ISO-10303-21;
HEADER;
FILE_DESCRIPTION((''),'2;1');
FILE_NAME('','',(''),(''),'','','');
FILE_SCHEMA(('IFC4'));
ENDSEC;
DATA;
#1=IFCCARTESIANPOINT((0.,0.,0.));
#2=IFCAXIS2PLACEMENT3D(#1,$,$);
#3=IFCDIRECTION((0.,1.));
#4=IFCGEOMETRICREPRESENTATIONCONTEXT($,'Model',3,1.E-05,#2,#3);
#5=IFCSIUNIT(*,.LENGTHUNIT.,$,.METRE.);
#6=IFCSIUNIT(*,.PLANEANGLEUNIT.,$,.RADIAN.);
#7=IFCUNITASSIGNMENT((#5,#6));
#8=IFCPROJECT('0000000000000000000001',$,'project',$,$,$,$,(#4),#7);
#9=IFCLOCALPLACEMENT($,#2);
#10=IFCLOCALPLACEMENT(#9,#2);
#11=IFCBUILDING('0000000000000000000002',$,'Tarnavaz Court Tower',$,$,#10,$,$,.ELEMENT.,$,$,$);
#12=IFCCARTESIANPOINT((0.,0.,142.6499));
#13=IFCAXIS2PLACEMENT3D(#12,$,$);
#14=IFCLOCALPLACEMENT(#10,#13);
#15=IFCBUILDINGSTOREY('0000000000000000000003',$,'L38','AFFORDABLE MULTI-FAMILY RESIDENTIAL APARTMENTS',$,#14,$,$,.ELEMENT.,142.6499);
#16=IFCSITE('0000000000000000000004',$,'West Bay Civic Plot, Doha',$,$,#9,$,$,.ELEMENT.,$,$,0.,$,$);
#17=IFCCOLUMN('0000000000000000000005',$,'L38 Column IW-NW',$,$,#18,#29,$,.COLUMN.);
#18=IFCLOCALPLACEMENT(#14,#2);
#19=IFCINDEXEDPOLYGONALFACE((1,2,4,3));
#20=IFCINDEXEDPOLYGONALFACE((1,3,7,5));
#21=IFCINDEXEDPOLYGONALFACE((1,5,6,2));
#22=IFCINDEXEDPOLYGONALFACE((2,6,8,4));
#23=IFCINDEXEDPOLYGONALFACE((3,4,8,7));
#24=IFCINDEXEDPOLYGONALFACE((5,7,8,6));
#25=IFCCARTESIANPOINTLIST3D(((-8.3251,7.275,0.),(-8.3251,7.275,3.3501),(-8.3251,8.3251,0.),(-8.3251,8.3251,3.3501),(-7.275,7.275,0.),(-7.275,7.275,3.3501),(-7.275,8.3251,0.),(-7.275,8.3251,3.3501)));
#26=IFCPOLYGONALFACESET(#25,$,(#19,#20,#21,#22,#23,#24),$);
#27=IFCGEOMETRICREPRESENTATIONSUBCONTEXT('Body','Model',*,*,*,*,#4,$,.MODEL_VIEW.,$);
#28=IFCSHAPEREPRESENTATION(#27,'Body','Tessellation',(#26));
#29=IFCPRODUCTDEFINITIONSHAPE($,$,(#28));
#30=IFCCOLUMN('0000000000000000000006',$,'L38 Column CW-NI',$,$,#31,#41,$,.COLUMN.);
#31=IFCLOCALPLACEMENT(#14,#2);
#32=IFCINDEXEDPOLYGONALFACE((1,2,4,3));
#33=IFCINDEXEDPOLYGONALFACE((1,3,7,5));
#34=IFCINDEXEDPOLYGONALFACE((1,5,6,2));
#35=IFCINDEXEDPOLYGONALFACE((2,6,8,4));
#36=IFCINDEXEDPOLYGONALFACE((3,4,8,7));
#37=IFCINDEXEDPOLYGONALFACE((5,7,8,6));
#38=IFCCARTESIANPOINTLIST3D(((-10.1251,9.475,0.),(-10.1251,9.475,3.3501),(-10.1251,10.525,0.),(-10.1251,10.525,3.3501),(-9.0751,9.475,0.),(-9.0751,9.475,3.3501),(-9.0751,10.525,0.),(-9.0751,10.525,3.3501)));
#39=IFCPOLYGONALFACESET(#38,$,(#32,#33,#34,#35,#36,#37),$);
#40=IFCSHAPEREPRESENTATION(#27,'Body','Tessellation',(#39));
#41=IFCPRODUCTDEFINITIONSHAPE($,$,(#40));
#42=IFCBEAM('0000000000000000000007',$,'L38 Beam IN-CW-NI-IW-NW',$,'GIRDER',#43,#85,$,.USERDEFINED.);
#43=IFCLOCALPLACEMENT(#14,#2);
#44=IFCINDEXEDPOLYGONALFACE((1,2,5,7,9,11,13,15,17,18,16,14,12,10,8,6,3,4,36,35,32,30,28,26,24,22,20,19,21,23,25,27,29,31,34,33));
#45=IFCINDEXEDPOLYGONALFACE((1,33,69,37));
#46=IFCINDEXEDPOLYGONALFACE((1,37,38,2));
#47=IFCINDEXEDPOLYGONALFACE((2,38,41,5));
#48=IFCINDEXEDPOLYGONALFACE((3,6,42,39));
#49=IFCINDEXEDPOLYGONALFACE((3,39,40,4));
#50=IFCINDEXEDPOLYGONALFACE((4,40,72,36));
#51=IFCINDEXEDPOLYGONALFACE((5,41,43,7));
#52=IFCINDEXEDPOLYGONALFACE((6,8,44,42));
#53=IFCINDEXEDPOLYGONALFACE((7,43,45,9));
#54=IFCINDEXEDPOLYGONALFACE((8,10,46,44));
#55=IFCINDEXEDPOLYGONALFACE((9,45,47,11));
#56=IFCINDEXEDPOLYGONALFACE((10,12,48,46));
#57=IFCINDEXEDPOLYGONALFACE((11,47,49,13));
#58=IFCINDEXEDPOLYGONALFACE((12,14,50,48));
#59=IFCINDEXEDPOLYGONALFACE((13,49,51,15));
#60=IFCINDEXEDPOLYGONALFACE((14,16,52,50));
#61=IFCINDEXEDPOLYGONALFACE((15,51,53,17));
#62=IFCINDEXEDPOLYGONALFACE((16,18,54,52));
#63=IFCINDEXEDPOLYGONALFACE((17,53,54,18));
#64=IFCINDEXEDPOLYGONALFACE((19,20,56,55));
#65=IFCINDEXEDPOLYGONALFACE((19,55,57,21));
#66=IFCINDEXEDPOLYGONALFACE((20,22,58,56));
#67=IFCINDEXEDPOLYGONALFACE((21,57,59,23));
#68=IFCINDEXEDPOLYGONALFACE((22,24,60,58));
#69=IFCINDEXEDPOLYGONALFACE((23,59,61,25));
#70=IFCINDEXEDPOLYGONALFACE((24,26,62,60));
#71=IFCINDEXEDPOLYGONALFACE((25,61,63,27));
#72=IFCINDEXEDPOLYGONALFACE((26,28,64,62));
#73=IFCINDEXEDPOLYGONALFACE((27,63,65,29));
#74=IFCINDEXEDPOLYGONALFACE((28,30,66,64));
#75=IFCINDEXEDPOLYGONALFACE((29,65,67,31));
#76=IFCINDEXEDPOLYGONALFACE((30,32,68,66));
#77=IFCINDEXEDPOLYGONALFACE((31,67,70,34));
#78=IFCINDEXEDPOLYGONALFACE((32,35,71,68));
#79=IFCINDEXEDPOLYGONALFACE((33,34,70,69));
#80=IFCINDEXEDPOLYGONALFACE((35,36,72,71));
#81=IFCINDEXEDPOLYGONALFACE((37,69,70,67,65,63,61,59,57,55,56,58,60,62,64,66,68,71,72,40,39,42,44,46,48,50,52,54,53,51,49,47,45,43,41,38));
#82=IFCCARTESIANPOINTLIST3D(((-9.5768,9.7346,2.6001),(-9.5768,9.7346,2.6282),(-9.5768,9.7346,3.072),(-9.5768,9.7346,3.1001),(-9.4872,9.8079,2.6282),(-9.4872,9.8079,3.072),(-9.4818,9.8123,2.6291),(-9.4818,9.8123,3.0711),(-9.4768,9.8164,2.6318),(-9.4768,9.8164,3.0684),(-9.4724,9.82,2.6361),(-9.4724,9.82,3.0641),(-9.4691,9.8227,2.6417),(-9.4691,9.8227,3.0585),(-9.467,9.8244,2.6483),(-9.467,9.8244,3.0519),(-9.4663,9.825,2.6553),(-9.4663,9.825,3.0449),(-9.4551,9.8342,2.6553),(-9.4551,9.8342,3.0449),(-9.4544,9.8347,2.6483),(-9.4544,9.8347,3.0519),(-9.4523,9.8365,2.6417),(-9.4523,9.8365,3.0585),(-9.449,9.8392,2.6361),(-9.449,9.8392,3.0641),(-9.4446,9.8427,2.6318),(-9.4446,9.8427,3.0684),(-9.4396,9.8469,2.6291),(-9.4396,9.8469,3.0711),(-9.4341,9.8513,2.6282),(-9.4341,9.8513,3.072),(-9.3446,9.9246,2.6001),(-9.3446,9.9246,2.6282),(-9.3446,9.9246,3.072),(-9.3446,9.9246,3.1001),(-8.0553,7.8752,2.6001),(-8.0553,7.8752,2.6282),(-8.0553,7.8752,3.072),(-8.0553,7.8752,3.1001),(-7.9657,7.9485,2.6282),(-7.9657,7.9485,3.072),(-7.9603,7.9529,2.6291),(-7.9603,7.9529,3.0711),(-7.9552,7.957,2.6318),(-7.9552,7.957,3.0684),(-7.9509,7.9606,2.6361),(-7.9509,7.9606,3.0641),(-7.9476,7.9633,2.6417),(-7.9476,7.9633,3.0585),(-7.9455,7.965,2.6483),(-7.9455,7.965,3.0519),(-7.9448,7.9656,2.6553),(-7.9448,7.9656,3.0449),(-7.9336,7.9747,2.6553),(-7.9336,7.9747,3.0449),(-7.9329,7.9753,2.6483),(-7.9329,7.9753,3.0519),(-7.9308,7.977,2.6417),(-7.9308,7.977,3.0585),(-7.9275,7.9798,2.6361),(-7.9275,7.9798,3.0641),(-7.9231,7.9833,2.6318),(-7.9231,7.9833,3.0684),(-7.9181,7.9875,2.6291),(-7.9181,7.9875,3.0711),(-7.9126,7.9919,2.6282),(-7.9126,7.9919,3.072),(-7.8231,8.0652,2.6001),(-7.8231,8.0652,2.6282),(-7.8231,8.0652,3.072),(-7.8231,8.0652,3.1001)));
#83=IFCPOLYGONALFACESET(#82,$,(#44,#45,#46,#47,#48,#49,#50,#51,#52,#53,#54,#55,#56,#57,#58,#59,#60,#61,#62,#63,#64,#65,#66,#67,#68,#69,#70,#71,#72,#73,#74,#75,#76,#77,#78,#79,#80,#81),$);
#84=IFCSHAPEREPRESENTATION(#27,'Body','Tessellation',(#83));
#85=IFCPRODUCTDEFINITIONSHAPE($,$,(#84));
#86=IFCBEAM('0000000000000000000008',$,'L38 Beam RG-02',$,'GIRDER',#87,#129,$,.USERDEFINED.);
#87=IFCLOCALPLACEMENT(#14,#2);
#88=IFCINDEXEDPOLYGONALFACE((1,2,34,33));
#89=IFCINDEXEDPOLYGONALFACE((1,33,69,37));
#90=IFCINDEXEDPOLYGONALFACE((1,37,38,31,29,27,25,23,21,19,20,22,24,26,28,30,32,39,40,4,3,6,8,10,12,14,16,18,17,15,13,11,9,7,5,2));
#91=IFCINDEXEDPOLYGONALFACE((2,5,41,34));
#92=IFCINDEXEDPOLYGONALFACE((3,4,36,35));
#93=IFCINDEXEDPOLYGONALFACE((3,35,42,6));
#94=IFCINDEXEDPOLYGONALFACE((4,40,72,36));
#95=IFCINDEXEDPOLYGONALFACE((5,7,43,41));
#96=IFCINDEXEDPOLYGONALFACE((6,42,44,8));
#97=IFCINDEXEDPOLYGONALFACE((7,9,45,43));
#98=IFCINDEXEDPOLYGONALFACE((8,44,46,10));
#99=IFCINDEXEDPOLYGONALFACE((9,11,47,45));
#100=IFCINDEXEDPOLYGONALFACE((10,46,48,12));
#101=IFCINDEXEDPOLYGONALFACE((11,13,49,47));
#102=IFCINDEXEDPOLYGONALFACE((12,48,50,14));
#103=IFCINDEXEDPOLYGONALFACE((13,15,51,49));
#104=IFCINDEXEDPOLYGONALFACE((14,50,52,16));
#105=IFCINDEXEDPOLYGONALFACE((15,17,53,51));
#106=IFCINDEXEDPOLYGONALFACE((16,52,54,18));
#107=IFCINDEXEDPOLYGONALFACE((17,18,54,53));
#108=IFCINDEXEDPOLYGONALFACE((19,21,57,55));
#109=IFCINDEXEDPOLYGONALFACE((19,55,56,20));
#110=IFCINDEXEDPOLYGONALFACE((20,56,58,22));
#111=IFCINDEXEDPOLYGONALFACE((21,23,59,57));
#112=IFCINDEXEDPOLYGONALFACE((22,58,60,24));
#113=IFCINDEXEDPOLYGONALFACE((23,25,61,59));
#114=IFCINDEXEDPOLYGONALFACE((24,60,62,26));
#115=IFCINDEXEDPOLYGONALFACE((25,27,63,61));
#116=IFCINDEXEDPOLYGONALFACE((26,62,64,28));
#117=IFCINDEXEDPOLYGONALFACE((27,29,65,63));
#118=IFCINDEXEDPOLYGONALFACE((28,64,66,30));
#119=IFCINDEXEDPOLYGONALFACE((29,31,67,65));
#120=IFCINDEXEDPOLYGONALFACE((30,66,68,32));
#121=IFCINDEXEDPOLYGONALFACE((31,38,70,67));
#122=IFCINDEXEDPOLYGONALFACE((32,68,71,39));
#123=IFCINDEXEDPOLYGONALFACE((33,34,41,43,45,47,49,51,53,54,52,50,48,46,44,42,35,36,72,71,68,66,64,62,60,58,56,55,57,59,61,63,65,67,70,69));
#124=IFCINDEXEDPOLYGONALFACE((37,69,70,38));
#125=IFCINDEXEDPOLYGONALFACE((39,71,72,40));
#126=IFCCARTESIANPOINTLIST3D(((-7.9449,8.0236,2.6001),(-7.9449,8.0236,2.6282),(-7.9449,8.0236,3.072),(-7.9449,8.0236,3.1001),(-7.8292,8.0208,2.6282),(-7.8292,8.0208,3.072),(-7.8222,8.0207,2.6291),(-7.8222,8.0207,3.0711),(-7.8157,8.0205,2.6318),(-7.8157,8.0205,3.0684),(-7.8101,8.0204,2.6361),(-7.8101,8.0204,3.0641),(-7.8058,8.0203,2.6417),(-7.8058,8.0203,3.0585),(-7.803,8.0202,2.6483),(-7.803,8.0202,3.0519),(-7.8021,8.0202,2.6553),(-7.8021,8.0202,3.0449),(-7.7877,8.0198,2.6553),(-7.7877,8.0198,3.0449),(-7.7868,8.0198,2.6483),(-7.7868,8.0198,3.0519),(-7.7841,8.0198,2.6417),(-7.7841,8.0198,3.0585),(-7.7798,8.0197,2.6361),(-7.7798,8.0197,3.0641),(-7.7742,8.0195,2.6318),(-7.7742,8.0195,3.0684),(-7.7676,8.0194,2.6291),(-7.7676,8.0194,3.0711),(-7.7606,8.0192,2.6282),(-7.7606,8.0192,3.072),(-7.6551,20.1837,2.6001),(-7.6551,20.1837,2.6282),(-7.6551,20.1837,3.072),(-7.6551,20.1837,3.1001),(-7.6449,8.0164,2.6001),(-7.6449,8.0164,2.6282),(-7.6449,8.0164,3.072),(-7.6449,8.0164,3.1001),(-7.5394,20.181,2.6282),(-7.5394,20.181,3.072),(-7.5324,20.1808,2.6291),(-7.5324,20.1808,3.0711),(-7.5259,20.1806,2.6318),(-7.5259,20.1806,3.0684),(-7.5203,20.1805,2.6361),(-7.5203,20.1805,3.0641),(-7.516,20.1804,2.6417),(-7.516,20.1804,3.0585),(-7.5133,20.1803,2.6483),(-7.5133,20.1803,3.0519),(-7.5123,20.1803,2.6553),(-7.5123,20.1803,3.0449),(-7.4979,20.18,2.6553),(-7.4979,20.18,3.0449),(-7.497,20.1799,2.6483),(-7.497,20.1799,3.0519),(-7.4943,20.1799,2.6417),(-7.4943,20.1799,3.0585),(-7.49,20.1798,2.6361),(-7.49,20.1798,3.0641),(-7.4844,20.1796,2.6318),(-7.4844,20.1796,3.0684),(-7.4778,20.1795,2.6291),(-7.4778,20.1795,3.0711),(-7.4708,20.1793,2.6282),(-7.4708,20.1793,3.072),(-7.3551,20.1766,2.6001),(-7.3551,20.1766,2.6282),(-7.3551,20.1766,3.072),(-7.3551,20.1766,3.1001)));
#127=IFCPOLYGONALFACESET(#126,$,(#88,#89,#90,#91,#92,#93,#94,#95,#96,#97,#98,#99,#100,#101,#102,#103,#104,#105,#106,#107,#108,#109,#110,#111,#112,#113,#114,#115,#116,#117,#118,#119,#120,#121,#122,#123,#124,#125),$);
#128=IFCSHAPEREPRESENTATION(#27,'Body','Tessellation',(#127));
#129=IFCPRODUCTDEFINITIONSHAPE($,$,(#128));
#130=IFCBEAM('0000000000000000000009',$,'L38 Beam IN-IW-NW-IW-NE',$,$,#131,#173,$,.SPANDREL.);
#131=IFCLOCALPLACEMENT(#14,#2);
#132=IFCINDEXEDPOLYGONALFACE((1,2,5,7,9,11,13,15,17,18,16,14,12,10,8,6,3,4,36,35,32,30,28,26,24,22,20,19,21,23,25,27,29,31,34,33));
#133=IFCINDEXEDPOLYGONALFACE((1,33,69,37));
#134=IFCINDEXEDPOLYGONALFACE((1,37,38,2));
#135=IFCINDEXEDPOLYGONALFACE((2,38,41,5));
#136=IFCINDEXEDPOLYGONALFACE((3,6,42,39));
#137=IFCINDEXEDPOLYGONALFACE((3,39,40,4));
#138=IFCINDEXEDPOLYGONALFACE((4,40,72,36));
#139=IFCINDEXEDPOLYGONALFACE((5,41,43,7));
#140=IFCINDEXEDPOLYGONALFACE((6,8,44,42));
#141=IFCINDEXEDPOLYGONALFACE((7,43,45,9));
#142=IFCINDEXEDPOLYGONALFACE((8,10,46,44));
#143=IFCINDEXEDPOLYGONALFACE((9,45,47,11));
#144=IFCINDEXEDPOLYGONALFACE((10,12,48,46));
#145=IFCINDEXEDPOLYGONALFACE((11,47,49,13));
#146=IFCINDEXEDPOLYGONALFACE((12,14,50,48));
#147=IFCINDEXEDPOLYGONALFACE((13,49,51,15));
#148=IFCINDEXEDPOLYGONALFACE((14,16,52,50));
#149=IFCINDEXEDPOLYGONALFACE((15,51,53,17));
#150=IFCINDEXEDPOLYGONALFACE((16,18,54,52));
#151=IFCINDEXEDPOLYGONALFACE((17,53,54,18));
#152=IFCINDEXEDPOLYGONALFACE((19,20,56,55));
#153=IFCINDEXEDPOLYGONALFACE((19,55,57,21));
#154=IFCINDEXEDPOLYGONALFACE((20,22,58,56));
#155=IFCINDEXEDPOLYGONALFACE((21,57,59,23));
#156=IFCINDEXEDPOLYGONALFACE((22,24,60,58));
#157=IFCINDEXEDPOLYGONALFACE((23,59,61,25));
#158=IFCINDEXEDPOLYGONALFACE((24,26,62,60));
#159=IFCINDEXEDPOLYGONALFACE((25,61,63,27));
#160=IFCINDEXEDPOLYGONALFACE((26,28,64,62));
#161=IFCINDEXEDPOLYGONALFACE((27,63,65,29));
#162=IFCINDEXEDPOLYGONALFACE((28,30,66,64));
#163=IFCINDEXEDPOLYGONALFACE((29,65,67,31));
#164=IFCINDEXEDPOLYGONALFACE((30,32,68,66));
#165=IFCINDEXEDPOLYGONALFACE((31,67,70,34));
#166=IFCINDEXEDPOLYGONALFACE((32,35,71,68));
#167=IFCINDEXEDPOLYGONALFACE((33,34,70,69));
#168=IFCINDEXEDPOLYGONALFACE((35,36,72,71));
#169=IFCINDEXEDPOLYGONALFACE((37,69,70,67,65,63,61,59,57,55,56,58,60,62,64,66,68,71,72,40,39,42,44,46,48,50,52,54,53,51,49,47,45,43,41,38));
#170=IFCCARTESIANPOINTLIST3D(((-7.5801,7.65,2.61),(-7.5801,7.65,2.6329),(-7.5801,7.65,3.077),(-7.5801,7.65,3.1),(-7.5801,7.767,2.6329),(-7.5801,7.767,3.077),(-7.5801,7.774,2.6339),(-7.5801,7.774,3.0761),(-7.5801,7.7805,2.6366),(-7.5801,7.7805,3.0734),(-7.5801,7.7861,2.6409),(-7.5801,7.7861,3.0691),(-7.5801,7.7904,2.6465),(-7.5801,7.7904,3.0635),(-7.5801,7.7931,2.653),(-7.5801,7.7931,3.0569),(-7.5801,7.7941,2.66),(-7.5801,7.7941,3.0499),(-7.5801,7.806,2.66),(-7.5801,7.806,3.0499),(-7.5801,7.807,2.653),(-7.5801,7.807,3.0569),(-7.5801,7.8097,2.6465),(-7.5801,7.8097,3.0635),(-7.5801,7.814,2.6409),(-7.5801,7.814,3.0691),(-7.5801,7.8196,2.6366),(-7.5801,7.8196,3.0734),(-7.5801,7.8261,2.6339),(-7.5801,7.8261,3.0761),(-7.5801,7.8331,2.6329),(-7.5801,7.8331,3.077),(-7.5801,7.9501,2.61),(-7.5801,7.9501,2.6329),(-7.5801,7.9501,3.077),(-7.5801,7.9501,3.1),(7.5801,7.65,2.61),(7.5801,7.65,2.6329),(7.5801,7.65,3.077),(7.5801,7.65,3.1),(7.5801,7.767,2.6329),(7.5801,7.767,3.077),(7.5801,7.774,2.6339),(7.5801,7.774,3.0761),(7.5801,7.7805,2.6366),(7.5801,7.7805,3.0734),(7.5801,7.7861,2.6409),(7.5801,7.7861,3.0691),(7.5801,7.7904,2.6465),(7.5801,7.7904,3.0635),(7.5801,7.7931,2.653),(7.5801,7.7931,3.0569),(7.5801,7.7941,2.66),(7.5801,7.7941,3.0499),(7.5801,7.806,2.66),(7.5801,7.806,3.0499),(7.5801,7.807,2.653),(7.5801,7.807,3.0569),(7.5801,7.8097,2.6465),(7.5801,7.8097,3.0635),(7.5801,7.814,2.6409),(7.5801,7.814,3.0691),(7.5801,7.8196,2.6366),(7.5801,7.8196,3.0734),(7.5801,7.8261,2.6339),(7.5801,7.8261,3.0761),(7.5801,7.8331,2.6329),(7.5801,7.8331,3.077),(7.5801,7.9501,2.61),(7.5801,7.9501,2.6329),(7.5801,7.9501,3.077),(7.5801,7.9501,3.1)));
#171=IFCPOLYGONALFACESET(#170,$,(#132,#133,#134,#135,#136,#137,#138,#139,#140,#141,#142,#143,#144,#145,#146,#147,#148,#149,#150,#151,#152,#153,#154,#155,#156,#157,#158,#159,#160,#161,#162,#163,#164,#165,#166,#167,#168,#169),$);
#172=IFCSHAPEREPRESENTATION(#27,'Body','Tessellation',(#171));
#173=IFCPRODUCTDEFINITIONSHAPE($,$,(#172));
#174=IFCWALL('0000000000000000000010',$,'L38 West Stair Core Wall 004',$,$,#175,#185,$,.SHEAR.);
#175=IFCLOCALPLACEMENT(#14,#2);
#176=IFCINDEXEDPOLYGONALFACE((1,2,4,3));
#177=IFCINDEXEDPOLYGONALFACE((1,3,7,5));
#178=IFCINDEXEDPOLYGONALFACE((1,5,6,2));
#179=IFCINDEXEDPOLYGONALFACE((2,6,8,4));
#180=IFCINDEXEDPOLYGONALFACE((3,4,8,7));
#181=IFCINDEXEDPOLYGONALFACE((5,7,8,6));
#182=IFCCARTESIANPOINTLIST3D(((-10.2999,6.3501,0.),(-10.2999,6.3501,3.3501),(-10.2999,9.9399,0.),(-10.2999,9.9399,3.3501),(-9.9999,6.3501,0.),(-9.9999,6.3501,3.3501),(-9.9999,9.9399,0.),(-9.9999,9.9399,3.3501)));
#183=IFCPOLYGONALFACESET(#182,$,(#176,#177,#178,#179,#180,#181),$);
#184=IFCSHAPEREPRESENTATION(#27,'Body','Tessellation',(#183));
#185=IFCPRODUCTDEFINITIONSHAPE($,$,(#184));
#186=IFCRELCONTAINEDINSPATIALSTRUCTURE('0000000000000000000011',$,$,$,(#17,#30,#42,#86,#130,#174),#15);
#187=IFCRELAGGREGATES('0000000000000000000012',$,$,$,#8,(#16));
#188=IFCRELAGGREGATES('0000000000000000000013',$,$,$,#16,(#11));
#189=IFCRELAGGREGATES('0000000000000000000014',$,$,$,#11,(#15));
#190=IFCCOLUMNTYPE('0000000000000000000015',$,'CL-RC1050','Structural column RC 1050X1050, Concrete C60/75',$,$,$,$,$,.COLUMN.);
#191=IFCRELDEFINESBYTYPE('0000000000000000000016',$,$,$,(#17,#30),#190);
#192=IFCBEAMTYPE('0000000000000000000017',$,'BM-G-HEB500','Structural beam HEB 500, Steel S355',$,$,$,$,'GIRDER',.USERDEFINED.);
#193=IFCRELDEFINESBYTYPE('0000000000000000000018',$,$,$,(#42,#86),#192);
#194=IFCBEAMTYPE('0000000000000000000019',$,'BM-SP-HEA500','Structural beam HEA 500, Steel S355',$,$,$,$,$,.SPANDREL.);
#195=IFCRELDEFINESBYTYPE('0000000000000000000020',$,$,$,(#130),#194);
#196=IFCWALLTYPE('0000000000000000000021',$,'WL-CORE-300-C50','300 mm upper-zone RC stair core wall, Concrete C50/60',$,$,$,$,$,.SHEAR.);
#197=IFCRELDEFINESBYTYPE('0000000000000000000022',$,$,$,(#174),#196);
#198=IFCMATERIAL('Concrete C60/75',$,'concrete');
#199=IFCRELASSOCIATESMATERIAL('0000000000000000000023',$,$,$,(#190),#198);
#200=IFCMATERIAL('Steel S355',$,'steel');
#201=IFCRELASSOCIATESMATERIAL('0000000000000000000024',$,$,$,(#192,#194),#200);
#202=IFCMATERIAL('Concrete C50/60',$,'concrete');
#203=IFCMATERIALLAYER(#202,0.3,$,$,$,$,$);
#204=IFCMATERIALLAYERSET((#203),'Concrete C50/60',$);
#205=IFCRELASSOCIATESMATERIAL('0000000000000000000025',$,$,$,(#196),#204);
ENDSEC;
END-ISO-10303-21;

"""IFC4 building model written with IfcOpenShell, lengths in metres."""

from ifc_helpers import new_model, si_unit, direction, frame, frame_2d, origin, origin_2d, place, context, subcontext, project, spatial, rectangle, i_section, extrude, material, layer, layer_set, material_profile, profile_set, type_object, element, save


model = new_model("IFC4")

# Units and contexts
model_context = context("Model", 3, precision=1e-05, world=origin(), true_north=direction((0.0, 1.0)))
body_context = subcontext(model_context, "Body", "Model", "MODEL_VIEW")
ifc_project = project(units=[si_unit("LENGTHUNIT", "METRE"), si_unit("PLANEANGLEUNIT", "RADIAN")], contexts=[model_context])

# Site, building, storey
site_placement = place(None, origin())
site = spatial("IfcSite", under=ifc_project, at=site_placement, Name="West Bay Civic Plot, Doha", CompositionType="ELEMENT", RefElevation=0.0)
building_placement = place(site_placement, origin())
building = spatial("IfcBuilding", under=site, at=building_placement, Name="Tarnavaz Court Tower", CompositionType="ELEMENT")
storey_placement = place(building_placement, frame((0.0, 0.0, 142.6499)))
storey = spatial("IfcBuildingStorey", under=building, at=storey_placement, Name="L38", Description="AFFORDABLE MULTI-FAMILY RESIDENTIAL APARTMENTS", CompositionType="ELEMENT", Elevation=142.6499)

# Columns
ifc_material_1 = material(Name="Concrete C60/75", Category="concrete")
ifc_material_profile_1 = material_profile(ifc_material_1, rectangle(XDim=1.05, YDim=1.05, at=origin_2d()), Name="RC 1050X1050")
ifc_profile_set_1 = profile_set([ifc_material_profile_1], Name="Concrete C60/75")
column_type = type_object("IfcColumnType", Name="CL-RC1050", Description="Structural column RC 1050X1050, Concrete C60/75", PredefinedType="COLUMN", material=ifc_profile_set_1)
for number, where, z_axis, x_axis, name in (
    (1, (-7.8, 7.8, 0.0), (0.0, 0.0, 1.0), (1.0, 0.0, 0.0), "L38 Column IW-NW"),
    (2, (-9.6001, 10.0, 0.0), (0.0, 0.0, 1.0), (1.0, 0.0, 0.0), "L38 Column CW-NI"),
):
    element("IfcColumn", number, at=place(storey_placement, frame(where, z_axis=z_axis, x_axis=x_axis)), inside=storey, type_object=column_type, Name=name, PredefinedType="COLUMN", context=body_context, shape_type="SweptSolid", body=[
        extrude(rectangle(XDim=1.05, YDim=1.05, at=origin_2d()), origin(), (0.0, 0.0, 1.0), 3.3501),
    ])

# Beams
ifc_material_2 = material(Name="Steel S355", Category="steel")
ifc_material_profile_2 = material_profile(ifc_material_2, i_section(OverallWidth=0.3, OverallDepth=0.5, WebThickness=0.0144, FlangeThickness=0.0281, FilletRadius=0.0271, at=origin_2d()), Name="HEB 500")
ifc_profile_set_2 = profile_set([ifc_material_profile_2], Name="Steel S355")
beam_type_1 = type_object("IfcBeamType", Name="BM-G-HEB500", Description="Structural beam HEB 500, Steel S355", ElementType="GIRDER", PredefinedType="USERDEFINED", material=ifc_profile_set_2)
beam_1_placement = place(storey_placement, frame((-9.4607, 9.8296, 2.8501), z_axis=(0.633282, -0.773921, 0.0), x_axis=(0.773921, 0.633282, 0.0)))
element("IfcBeam", 3, at=beam_1_placement, inside=storey, type_object=beam_type_1, Name="L38 Beam IN-CW-NI-IW-NW", ObjectType="GIRDER", PredefinedType="USERDEFINED", context=body_context, shape_type="SweptSolid", body=[
    extrude(i_section(OverallWidth=0.3, OverallDepth=0.5, WebThickness=0.0144, FlangeThickness=0.0281, FilletRadius=0.0271, at=origin_2d()), origin(), (0.0, 0.0, 1.0), 2.4026),
])
beam_2_placement = place(storey_placement, frame((-7.7949, 8.02, 2.8501), z_axis=(0.023825, 0.999716, 0.0), x_axis=(-0.999716, 0.023825, 0.0)))
element("IfcBeam", 4, at=beam_2_placement, inside=storey, type_object=beam_type_1, Name="L38 Beam RG-02", ObjectType="GIRDER", PredefinedType="USERDEFINED", context=body_context, shape_type="SweptSolid", body=[
    extrude(i_section(OverallWidth=0.3, OverallDepth=0.5, WebThickness=0.0144, FlangeThickness=0.0281, FilletRadius=0.0271, at=origin_2d()), origin(), (0.0, 0.0, 1.0), 12.1636),
])
ifc_material_profile_3 = material_profile(ifc_material_2, i_section(OverallWidth=0.3, OverallDepth=0.49, WebThickness=0.012, FlangeThickness=0.0229, FilletRadius=0.0271, at=origin_2d()), Name="HEA 500")
ifc_profile_set_3 = profile_set([ifc_material_profile_3], Name="Steel S355")
beam_type_2 = type_object("IfcBeamType", Name="BM-SP-HEA500", Description="Structural beam HEA 500, Steel S355", PredefinedType="SPANDREL", material=ifc_profile_set_3)
beam_3_placement = place(storey_placement, frame((-7.5801, 7.8, 2.855), z_axis=(1.0, 0.0, 0.0), x_axis=(0.0, 1.0, 0.0)))
element("IfcBeam", 5, at=beam_3_placement, inside=storey, type_object=beam_type_2, Name="L38 Beam IN-IW-NW-IW-NE", PredefinedType="SPANDREL", context=body_context, shape_type="SweptSolid", body=[
    extrude(i_section(OverallWidth=0.3, OverallDepth=0.49, WebThickness=0.012, FlangeThickness=0.0229, FilletRadius=0.0271, at=origin_2d()), origin(), (0.0, 0.0, 1.0), 15.1602),
])

# Wall
ifc_material_3 = material(Name="Concrete C50/60", Category="concrete")
ifc_layer_1 = layer(ifc_material_3, 0.3)
ifc_layer_set_1 = layer_set([ifc_layer_1], Name="Concrete C50/60")
wall_type_1 = type_object("IfcWallType", Name="WL-CORE-300-C50", Description="300 mm upper-zone RC stair core wall, Concrete C50/60", PredefinedType="SHEAR", material=ifc_layer_set_1)
wall_1_placement = place(storey_placement, frame((-10.1499, 6.3501, 0.0), z_axis=(0.0, 0.0, 1.0), x_axis=(0.0, 1.0, 0.0)))
element("IfcWall", 6, at=wall_1_placement, inside=storey, type_object=wall_type_1, Name="L38 West Stair Core Wall 004", PredefinedType="SHEAR", context=body_context, shape_type="SweptSolid", body=[
    extrude(rectangle(XDim=3.5898, YDim=0.3, at=frame_2d((1.7949, 0.0))), origin(), (0.0, 0.0, 1.0), 3.3501),
])

save(model, "model.ifc")
